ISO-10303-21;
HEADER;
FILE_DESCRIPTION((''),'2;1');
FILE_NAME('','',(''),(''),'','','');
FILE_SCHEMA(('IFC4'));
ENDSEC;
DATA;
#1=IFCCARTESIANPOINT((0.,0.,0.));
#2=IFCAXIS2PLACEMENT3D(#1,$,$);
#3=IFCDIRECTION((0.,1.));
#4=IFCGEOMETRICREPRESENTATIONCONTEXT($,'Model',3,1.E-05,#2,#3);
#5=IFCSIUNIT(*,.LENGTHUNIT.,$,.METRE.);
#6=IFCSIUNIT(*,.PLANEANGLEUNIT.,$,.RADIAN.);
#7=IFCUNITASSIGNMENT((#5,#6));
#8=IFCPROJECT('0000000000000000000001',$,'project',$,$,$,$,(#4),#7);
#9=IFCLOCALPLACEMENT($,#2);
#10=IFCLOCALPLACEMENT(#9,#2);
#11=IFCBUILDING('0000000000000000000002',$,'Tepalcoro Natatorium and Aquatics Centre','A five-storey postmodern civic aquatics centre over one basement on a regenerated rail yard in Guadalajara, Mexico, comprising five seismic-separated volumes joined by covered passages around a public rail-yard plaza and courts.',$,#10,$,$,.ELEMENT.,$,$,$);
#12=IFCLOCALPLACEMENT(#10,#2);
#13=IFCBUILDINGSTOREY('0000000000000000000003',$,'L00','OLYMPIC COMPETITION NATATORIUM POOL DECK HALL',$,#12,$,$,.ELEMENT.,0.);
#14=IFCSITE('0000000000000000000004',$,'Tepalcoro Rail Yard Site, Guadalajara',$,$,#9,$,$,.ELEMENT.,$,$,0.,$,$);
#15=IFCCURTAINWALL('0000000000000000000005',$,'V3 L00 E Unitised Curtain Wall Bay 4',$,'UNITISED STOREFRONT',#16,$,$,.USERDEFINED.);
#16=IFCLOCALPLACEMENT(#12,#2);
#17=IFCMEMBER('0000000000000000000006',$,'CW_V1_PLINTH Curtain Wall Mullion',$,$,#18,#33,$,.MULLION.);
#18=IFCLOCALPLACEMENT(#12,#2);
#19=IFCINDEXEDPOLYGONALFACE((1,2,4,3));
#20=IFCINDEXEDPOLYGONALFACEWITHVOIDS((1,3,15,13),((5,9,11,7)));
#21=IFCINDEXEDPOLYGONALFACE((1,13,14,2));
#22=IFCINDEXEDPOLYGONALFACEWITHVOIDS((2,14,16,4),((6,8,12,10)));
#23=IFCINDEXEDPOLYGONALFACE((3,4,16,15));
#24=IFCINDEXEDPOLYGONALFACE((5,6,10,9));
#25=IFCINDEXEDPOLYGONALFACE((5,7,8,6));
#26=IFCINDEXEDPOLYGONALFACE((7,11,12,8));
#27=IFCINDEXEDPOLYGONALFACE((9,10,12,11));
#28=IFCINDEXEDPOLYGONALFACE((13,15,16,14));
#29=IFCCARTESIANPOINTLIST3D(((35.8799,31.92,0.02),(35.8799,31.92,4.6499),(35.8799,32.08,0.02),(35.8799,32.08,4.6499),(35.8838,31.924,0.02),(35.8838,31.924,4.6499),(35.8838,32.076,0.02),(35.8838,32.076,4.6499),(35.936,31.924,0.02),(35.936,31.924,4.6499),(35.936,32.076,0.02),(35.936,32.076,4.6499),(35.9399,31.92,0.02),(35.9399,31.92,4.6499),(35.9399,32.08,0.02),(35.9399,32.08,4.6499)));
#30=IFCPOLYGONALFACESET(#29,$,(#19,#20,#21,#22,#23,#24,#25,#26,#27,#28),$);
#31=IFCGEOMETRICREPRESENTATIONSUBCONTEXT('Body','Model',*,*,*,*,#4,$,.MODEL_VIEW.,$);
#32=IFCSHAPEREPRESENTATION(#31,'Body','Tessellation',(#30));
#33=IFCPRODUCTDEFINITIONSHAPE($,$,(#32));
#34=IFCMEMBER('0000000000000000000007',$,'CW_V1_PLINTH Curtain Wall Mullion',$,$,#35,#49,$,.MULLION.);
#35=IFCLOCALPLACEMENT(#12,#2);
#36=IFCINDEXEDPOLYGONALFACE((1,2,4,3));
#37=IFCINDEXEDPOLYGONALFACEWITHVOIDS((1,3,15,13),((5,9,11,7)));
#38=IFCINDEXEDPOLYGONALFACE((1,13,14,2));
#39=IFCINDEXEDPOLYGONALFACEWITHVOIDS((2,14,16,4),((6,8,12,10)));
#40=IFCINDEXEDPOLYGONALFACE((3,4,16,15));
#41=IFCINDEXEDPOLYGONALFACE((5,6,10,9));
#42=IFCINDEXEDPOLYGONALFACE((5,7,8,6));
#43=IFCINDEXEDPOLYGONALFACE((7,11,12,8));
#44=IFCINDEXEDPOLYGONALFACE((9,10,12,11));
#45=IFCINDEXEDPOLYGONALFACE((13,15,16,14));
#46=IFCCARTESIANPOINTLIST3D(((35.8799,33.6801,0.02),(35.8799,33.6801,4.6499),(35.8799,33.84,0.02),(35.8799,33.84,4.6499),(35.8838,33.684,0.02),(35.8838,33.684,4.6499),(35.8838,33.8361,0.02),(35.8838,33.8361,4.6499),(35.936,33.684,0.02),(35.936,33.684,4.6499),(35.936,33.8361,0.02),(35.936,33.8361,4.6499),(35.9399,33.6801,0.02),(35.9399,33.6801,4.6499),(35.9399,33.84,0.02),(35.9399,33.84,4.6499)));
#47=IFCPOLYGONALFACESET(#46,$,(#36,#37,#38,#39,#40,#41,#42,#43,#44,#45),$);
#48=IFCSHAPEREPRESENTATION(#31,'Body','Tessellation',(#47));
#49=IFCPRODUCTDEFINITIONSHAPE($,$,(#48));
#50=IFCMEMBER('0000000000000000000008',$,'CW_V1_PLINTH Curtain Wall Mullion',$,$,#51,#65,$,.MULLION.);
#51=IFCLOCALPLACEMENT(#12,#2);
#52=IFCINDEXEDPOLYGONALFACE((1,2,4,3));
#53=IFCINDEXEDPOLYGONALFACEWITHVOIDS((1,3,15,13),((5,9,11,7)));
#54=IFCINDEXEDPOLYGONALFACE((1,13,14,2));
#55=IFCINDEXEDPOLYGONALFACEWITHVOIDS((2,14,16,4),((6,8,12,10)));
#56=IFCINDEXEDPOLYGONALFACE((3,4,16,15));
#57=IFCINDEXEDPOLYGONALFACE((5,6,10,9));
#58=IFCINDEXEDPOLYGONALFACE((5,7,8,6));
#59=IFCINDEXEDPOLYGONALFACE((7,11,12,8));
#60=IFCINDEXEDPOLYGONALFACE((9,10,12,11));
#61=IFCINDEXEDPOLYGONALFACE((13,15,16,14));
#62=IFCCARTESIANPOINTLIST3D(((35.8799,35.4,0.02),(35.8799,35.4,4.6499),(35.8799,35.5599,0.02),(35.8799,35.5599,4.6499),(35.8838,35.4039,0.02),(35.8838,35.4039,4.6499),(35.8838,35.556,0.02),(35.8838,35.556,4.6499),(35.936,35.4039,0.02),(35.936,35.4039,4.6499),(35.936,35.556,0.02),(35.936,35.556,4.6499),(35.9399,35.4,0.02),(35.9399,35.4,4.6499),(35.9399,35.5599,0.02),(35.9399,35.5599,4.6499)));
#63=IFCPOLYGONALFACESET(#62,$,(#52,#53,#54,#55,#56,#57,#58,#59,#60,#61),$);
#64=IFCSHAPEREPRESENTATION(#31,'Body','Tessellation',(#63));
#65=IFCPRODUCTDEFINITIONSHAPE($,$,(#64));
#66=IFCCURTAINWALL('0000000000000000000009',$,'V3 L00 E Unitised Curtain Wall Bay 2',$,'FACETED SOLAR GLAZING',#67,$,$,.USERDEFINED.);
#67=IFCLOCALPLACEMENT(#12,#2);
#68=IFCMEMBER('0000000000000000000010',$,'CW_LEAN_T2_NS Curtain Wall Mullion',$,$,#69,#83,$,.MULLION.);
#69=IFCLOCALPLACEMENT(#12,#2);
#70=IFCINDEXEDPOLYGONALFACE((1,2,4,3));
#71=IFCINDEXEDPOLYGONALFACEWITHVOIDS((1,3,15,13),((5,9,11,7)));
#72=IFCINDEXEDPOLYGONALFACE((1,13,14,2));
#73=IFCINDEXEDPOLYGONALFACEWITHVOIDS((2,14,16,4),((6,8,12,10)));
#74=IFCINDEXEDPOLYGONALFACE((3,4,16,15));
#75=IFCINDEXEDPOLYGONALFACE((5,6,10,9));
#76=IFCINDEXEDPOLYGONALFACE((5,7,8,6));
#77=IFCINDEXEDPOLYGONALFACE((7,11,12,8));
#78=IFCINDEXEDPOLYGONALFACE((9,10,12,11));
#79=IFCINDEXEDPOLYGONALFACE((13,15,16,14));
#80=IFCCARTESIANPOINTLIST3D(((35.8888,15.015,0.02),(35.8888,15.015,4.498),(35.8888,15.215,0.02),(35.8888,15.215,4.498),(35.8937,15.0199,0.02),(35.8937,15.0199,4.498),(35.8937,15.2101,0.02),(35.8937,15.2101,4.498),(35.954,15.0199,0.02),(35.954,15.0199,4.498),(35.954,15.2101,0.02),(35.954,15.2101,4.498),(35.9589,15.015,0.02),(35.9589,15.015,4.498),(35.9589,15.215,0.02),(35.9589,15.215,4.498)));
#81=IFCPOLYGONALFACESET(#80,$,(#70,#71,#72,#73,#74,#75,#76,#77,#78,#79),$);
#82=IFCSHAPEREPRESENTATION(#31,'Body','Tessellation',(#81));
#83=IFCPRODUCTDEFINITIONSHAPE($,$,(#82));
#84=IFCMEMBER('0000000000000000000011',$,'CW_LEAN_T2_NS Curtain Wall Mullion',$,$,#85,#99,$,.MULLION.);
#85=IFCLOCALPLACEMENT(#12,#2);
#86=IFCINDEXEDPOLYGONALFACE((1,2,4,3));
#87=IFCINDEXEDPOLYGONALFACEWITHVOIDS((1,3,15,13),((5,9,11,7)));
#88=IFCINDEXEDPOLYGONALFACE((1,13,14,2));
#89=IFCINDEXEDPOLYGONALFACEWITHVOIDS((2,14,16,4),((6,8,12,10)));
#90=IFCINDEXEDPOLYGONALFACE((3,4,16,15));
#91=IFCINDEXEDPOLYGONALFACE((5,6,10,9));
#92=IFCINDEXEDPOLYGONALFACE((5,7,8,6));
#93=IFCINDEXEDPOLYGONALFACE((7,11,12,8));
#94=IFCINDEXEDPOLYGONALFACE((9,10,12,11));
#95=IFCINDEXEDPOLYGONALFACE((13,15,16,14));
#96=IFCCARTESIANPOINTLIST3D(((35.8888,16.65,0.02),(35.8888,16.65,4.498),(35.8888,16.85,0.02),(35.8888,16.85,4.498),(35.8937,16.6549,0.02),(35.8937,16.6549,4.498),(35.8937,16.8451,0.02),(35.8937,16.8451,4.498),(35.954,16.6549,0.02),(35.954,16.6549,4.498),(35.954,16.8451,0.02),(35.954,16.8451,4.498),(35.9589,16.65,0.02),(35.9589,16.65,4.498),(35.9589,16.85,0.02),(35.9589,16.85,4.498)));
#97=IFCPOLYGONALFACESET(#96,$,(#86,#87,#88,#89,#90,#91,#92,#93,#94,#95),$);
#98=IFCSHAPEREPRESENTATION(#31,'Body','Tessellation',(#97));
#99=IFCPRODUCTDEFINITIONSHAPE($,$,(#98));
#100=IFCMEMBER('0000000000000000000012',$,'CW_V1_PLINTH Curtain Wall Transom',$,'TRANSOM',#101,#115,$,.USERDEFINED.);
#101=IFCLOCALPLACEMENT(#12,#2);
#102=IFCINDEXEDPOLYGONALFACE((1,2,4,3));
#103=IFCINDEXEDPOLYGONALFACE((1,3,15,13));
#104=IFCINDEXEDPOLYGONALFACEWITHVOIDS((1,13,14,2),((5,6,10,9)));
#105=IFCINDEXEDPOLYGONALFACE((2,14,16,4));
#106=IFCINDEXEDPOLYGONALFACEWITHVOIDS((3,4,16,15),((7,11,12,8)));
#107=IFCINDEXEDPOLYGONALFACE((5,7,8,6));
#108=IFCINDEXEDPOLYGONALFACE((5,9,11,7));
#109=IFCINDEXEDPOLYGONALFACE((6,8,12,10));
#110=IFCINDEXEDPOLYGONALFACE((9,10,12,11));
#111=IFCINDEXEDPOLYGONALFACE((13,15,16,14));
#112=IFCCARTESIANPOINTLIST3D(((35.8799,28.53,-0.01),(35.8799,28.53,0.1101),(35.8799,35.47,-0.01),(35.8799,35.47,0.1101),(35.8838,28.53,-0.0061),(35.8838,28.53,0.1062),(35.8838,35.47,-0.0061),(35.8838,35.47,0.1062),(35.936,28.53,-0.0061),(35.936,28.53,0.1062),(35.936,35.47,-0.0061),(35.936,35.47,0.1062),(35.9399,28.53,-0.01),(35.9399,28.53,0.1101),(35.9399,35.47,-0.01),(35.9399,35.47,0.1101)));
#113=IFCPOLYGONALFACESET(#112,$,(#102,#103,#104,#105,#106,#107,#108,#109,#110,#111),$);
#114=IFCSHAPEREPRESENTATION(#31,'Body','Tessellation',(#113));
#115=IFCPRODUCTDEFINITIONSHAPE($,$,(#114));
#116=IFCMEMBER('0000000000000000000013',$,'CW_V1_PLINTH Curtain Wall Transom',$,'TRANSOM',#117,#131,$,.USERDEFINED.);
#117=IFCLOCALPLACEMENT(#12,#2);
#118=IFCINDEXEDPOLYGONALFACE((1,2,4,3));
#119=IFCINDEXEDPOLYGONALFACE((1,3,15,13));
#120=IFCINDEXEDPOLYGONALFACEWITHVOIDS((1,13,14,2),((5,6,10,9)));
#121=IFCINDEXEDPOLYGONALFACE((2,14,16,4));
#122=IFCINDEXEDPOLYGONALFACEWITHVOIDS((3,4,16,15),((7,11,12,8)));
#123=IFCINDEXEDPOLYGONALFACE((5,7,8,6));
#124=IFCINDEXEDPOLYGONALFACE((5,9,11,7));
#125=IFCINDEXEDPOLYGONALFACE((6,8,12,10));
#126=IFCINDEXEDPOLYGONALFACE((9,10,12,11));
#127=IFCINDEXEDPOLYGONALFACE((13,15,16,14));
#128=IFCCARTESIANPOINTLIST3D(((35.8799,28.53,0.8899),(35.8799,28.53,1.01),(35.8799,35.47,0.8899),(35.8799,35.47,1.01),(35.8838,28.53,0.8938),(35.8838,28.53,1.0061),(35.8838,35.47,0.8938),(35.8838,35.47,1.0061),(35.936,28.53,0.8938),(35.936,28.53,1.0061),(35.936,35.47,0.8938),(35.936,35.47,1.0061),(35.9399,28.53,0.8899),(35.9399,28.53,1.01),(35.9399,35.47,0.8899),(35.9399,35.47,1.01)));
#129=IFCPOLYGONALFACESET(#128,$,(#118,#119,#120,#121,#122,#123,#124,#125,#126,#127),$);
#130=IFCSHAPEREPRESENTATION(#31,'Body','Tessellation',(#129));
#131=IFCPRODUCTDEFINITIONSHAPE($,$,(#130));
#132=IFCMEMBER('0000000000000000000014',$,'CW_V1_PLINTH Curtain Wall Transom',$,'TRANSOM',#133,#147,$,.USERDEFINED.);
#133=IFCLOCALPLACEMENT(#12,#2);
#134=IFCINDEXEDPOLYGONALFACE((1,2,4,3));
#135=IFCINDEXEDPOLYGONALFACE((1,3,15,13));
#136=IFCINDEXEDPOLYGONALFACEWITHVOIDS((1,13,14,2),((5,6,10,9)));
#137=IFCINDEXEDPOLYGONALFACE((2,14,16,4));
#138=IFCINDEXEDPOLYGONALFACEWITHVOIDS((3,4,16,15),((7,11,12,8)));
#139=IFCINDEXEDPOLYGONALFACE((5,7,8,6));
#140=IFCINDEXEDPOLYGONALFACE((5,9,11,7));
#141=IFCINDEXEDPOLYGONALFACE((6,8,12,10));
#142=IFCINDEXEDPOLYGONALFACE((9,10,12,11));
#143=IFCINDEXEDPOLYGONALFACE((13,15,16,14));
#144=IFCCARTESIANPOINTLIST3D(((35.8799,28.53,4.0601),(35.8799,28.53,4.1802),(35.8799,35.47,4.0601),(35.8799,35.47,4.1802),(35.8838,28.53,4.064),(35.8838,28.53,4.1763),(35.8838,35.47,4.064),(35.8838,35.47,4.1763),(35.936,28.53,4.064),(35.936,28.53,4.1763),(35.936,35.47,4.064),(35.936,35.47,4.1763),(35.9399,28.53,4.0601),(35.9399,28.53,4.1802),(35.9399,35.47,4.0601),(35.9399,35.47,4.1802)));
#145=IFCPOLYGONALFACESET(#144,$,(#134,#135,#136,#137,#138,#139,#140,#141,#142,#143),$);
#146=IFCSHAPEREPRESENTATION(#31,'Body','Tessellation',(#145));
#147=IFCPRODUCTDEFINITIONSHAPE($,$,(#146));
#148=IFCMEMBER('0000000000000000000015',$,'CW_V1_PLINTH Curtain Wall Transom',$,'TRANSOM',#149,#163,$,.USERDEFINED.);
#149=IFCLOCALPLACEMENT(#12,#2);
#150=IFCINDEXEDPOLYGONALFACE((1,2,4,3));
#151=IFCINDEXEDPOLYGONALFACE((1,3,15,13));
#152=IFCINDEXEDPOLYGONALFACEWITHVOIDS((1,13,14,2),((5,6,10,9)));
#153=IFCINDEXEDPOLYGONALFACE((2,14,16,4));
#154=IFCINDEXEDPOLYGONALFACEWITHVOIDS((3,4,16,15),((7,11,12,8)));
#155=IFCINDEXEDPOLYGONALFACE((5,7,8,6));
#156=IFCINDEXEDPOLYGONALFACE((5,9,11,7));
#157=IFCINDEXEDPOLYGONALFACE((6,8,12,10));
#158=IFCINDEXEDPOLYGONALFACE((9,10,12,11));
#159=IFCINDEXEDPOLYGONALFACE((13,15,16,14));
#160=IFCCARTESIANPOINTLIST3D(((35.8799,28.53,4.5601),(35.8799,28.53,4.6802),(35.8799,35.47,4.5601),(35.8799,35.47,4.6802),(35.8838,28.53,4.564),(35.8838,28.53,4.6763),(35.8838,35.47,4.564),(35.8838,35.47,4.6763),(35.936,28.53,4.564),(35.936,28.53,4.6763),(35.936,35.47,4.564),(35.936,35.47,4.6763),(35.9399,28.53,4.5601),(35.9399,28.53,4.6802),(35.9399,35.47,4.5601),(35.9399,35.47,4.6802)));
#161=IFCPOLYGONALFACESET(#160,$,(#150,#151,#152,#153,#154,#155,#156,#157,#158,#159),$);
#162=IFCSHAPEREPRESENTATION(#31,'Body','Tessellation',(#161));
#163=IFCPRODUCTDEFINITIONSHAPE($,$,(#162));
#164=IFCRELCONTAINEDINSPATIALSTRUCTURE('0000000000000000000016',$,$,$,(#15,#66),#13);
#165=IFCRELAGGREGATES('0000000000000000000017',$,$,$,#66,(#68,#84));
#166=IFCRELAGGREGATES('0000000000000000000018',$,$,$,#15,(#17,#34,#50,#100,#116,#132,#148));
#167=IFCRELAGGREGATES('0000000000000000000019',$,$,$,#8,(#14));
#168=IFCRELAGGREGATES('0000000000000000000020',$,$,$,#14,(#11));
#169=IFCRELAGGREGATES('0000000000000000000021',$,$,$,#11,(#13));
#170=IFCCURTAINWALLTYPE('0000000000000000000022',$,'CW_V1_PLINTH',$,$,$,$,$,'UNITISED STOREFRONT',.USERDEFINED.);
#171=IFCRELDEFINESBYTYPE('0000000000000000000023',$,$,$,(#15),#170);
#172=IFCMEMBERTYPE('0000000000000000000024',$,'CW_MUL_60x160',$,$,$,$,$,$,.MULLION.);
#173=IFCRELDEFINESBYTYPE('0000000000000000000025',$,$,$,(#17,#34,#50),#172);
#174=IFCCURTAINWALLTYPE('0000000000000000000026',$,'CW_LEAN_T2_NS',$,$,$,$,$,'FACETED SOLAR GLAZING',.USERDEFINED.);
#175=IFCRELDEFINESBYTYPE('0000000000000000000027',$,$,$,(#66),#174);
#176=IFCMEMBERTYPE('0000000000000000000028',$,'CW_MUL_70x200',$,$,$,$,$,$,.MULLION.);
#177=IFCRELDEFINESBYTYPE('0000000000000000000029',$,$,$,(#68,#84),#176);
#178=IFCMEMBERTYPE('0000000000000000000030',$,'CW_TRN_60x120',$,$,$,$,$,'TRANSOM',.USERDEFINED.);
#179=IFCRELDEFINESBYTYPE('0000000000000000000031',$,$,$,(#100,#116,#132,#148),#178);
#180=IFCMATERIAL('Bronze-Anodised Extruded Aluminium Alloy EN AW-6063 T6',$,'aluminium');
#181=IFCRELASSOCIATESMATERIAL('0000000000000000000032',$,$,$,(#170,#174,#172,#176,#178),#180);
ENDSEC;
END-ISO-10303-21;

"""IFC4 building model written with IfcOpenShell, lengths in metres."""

from ifc_helpers import new_model, si_unit, direction, frame, origin, origin_2d, place, context, subcontext, project, spatial, hollow_rectangle, extrude, material, material_profile, profile_set, type_object, element, aggregate, save


model = new_model("IFC4")

# Units and contexts
model_context = context("Model", 3, precision=1e-05, world=origin(), true_north=direction((0.0, 1.0)))
body_context = subcontext(model_context, "Body", "Model", "MODEL_VIEW")
ifc_project = project(units=[si_unit("LENGTHUNIT", "METRE"), si_unit("PLANEANGLEUNIT", "RADIAN")], contexts=[model_context])

# Site, building, storey
site_placement = place(None, origin())
site = spatial("IfcSite", under=ifc_project, at=site_placement, Name="Tepalcoro Rail Yard Site, Guadalajara", CompositionType="ELEMENT", RefElevation=0.0)
building_placement = place(site_placement, origin())
building = spatial("IfcBuilding", under=site, at=building_placement, Name="Tepalcoro Natatorium and Aquatics Centre", Description="A five-storey postmodern civic aquatics centre over one basement on a regenerated rail yard in Guadalajara, Mexico, comprising five seismic-separated volumes joined by covered passages around a public rail-yard plaza and courts.", CompositionType="ELEMENT")
storey_placement = place(building_placement, origin())
storey = spatial("IfcBuildingStorey", under=building, at=storey_placement, Name="L00", Description="OLYMPIC COMPETITION NATATORIUM POOL DECK HALL", CompositionType="ELEMENT", Elevation=0.0)

# Curtain walls, members
ifc_material_1 = material(Name="Bronze-Anodised Extruded Aluminium Alloy EN AW-6063 T6", Category="aluminium")
curtain_wall_type_1 = type_object("IfcCurtainWallType", Name="CW_V1_PLINTH", ElementType="UNITISED STOREFRONT", PredefinedType="USERDEFINED", material=ifc_material_1)
curtain_wall_1_placement = place(storey_placement, origin())
curtain_wall_1 = element("IfcCurtainWall", 1, at=curtain_wall_1_placement, inside=storey, type_object=curtain_wall_type_1, Name="V3 L00 E Unitised Curtain Wall Bay 4", ObjectType="UNITISED STOREFRONT", PredefinedType="USERDEFINED")
ifc_material_profile_1 = material_profile(ifc_material_1, hollow_rectangle(XDim=0.0601, YDim=0.1599, WallThickness=0.0039, at=origin_2d()), Name="AL60X160X4")
ifc_profile_set_1 = profile_set([ifc_material_profile_1], Name="Bronze-Anodised Extruded Aluminium Alloy EN AW-6063 T6")
member_type_1 = type_object("IfcMemberType", Name="CW_MUL_60x160", PredefinedType="MULLION", material=ifc_profile_set_1)
member_1_placement = place(storey_placement, frame((35.9099, 32.0, 0.02), z_axis=(0.0, 0.0, 1.0), x_axis=(1.0, 0.0, 0.0)))
member_1 = element("IfcMember", 2, at=member_1_placement, type_object=member_type_1, Name="CW_V1_PLINTH Curtain Wall Mullion", PredefinedType="MULLION", context=body_context, shape_type="SweptSolid", body=[
    extrude(hollow_rectangle(XDim=0.0601, YDim=0.1599, WallThickness=0.0039, at=origin_2d()), origin(), (0.0, 0.0, 1.0), 4.6299),
])
member_2_placement = place(storey_placement, frame((35.9099, 33.76, 0.02), z_axis=(0.0, 0.0, 1.0), x_axis=(1.0, 0.0, 0.0)))
member_2 = element("IfcMember", 3, at=member_2_placement, type_object=member_type_1, Name="CW_V1_PLINTH Curtain Wall Mullion", PredefinedType="MULLION", context=body_context, shape_type="SweptSolid", body=[
    extrude(hollow_rectangle(XDim=0.0601, YDim=0.1599, WallThickness=0.0039, at=origin_2d()), origin(), (0.0, 0.0, 1.0), 4.6299),
])
member_3_placement = place(storey_placement, frame((35.9099, 35.48, 0.02), z_axis=(0.0, 0.0, 1.0), x_axis=(1.0, 0.0, 0.0)))
member_3 = element("IfcMember", 4, at=member_3_placement, type_object=member_type_1, Name="CW_V1_PLINTH Curtain Wall Mullion", PredefinedType="MULLION", context=body_context, shape_type="SweptSolid", body=[
    extrude(hollow_rectangle(XDim=0.0601, YDim=0.1599, WallThickness=0.0039, at=origin_2d()), origin(), (0.0, 0.0, 1.0), 4.6299),
])
curtain_wall_type_2 = type_object("IfcCurtainWallType", Name="CW_LEAN_T2_NS", ElementType="FACETED SOLAR GLAZING", PredefinedType="USERDEFINED", material=ifc_material_1)
curtain_wall_2_placement = place(storey_placement, origin())
curtain_wall_2 = element("IfcCurtainWall", 5, at=curtain_wall_2_placement, inside=storey, type_object=curtain_wall_type_2, Name="V3 L00 E Unitised Curtain Wall Bay 2", ObjectType="FACETED SOLAR GLAZING", PredefinedType="USERDEFINED")
ifc_material_profile_2 = material_profile(ifc_material_1, hollow_rectangle(XDim=0.0701, YDim=0.2, WallThickness=0.0049, at=origin_2d()), Name="AL70X200X5")
ifc_profile_set_2 = profile_set([ifc_material_profile_2], Name="Bronze-Anodised Extruded Aluminium Alloy EN AW-6063 T6")
member_type_2 = type_object("IfcMemberType", Name="CW_MUL_70x200", PredefinedType="MULLION", material=ifc_profile_set_2)
member_4_placement = place(storey_placement, frame((35.9238, 15.115, 0.02), z_axis=(0.0, 0.0, 1.0), x_axis=(1.0, 0.0, 0.0)))
member_4 = element("IfcMember", 6, at=member_4_placement, type_object=member_type_2, Name="CW_LEAN_T2_NS Curtain Wall Mullion", PredefinedType="MULLION", context=body_context, shape_type="SweptSolid", body=[
    extrude(hollow_rectangle(XDim=0.0701, YDim=0.2, WallThickness=0.0049, at=origin_2d()), origin(), (0.0, 0.0, 1.0), 4.478),
])
member_5_placement = place(storey_placement, frame((35.9238, 16.75, 0.02), z_axis=(0.0, 0.0, 1.0), x_axis=(1.0, 0.0, 0.0)))
member_5 = element("IfcMember", 7, at=member_5_placement, type_object=member_type_2, Name="CW_LEAN_T2_NS Curtain Wall Mullion", PredefinedType="MULLION", context=body_context, shape_type="SweptSolid", body=[
    extrude(hollow_rectangle(XDim=0.0701, YDim=0.2, WallThickness=0.0049, at=origin_2d()), origin(), (0.0, 0.0, 1.0), 4.478),
])

# Members
ifc_material_profile_3 = material_profile(ifc_material_1, hollow_rectangle(XDim=0.0601, YDim=0.1201, WallThickness=0.0039, at=origin_2d()), Name="AL60X120X4")
ifc_profile_set_3 = profile_set([ifc_material_profile_3], Name="Bronze-Anodised Extruded Aluminium Alloy EN AW-6063 T6")
member_type_3 = type_object("IfcMemberType", Name="CW_TRN_60x120", ElementType="TRANSOM", PredefinedType="USERDEFINED", material=ifc_profile_set_3)
member_6_placement = place(storey_placement, frame((35.9099, 28.53, 0.05), z_axis=(0.0, 1.0, 0.0), x_axis=(-1.0, 0.0, 0.0)))
member_6 = element("IfcMember", 8, at=member_6_placement, type_object=member_type_3, Name="CW_V1_PLINTH Curtain Wall Transom", ObjectType="TRANSOM", PredefinedType="USERDEFINED", context=body_context, shape_type="SweptSolid", body=[
    extrude(hollow_rectangle(XDim=0.0601, YDim=0.1201, WallThickness=0.0039, at=origin_2d()), origin(), (0.0, 0.0, 1.0), 6.9399),
])
member_7_placement = place(storey_placement, frame((35.9099, 28.53, 0.95), z_axis=(0.0, 1.0, 0.0), x_axis=(-1.0, 0.0, 0.0)))
member_7 = element("IfcMember", 9, at=member_7_placement, type_object=member_type_3, Name="CW_V1_PLINTH Curtain Wall Transom", ObjectType="TRANSOM", PredefinedType="USERDEFINED", context=body_context, shape_type="SweptSolid", body=[
    extrude(hollow_rectangle(XDim=0.0601, YDim=0.1201, WallThickness=0.0039, at=origin_2d()), origin(), (0.0, 0.0, 1.0), 6.9399),
])
member_8_placement = place(storey_placement, frame((35.9099, 28.53, 4.1201), z_axis=(0.0, 1.0, 0.0), x_axis=(-1.0, 0.0, 0.0)))
member_8 = element("IfcMember", 10, at=member_8_placement, type_object=member_type_3, Name="CW_V1_PLINTH Curtain Wall Transom", ObjectType="TRANSOM", PredefinedType="USERDEFINED", context=body_context, shape_type="SweptSolid", body=[
    extrude(hollow_rectangle(XDim=0.0601, YDim=0.1201, WallThickness=0.0039, at=origin_2d()), origin(), (0.0, 0.0, 1.0), 6.9399),
])
member_9_placement = place(storey_placement, frame((35.9099, 28.53, 4.6201), z_axis=(0.0, 1.0, 0.0), x_axis=(-1.0, 0.0, 0.0)))
member_9 = element("IfcMember", 11, at=member_9_placement, type_object=member_type_3, Name="CW_V1_PLINTH Curtain Wall Transom", ObjectType="TRANSOM", PredefinedType="USERDEFINED", context=body_context, shape_type="SweptSolid", body=[
    extrude(hollow_rectangle(XDim=0.0601, YDim=0.1201, WallThickness=0.0039, at=origin_2d()), origin(), (0.0, 0.0, 1.0), 6.9399),
])

aggregate(curtain_wall_2, [member_4, member_5])
aggregate(curtain_wall_1, [member_1, member_2, member_3, member_6, member_7, member_8, member_9])

save(model, "model.ifc")
